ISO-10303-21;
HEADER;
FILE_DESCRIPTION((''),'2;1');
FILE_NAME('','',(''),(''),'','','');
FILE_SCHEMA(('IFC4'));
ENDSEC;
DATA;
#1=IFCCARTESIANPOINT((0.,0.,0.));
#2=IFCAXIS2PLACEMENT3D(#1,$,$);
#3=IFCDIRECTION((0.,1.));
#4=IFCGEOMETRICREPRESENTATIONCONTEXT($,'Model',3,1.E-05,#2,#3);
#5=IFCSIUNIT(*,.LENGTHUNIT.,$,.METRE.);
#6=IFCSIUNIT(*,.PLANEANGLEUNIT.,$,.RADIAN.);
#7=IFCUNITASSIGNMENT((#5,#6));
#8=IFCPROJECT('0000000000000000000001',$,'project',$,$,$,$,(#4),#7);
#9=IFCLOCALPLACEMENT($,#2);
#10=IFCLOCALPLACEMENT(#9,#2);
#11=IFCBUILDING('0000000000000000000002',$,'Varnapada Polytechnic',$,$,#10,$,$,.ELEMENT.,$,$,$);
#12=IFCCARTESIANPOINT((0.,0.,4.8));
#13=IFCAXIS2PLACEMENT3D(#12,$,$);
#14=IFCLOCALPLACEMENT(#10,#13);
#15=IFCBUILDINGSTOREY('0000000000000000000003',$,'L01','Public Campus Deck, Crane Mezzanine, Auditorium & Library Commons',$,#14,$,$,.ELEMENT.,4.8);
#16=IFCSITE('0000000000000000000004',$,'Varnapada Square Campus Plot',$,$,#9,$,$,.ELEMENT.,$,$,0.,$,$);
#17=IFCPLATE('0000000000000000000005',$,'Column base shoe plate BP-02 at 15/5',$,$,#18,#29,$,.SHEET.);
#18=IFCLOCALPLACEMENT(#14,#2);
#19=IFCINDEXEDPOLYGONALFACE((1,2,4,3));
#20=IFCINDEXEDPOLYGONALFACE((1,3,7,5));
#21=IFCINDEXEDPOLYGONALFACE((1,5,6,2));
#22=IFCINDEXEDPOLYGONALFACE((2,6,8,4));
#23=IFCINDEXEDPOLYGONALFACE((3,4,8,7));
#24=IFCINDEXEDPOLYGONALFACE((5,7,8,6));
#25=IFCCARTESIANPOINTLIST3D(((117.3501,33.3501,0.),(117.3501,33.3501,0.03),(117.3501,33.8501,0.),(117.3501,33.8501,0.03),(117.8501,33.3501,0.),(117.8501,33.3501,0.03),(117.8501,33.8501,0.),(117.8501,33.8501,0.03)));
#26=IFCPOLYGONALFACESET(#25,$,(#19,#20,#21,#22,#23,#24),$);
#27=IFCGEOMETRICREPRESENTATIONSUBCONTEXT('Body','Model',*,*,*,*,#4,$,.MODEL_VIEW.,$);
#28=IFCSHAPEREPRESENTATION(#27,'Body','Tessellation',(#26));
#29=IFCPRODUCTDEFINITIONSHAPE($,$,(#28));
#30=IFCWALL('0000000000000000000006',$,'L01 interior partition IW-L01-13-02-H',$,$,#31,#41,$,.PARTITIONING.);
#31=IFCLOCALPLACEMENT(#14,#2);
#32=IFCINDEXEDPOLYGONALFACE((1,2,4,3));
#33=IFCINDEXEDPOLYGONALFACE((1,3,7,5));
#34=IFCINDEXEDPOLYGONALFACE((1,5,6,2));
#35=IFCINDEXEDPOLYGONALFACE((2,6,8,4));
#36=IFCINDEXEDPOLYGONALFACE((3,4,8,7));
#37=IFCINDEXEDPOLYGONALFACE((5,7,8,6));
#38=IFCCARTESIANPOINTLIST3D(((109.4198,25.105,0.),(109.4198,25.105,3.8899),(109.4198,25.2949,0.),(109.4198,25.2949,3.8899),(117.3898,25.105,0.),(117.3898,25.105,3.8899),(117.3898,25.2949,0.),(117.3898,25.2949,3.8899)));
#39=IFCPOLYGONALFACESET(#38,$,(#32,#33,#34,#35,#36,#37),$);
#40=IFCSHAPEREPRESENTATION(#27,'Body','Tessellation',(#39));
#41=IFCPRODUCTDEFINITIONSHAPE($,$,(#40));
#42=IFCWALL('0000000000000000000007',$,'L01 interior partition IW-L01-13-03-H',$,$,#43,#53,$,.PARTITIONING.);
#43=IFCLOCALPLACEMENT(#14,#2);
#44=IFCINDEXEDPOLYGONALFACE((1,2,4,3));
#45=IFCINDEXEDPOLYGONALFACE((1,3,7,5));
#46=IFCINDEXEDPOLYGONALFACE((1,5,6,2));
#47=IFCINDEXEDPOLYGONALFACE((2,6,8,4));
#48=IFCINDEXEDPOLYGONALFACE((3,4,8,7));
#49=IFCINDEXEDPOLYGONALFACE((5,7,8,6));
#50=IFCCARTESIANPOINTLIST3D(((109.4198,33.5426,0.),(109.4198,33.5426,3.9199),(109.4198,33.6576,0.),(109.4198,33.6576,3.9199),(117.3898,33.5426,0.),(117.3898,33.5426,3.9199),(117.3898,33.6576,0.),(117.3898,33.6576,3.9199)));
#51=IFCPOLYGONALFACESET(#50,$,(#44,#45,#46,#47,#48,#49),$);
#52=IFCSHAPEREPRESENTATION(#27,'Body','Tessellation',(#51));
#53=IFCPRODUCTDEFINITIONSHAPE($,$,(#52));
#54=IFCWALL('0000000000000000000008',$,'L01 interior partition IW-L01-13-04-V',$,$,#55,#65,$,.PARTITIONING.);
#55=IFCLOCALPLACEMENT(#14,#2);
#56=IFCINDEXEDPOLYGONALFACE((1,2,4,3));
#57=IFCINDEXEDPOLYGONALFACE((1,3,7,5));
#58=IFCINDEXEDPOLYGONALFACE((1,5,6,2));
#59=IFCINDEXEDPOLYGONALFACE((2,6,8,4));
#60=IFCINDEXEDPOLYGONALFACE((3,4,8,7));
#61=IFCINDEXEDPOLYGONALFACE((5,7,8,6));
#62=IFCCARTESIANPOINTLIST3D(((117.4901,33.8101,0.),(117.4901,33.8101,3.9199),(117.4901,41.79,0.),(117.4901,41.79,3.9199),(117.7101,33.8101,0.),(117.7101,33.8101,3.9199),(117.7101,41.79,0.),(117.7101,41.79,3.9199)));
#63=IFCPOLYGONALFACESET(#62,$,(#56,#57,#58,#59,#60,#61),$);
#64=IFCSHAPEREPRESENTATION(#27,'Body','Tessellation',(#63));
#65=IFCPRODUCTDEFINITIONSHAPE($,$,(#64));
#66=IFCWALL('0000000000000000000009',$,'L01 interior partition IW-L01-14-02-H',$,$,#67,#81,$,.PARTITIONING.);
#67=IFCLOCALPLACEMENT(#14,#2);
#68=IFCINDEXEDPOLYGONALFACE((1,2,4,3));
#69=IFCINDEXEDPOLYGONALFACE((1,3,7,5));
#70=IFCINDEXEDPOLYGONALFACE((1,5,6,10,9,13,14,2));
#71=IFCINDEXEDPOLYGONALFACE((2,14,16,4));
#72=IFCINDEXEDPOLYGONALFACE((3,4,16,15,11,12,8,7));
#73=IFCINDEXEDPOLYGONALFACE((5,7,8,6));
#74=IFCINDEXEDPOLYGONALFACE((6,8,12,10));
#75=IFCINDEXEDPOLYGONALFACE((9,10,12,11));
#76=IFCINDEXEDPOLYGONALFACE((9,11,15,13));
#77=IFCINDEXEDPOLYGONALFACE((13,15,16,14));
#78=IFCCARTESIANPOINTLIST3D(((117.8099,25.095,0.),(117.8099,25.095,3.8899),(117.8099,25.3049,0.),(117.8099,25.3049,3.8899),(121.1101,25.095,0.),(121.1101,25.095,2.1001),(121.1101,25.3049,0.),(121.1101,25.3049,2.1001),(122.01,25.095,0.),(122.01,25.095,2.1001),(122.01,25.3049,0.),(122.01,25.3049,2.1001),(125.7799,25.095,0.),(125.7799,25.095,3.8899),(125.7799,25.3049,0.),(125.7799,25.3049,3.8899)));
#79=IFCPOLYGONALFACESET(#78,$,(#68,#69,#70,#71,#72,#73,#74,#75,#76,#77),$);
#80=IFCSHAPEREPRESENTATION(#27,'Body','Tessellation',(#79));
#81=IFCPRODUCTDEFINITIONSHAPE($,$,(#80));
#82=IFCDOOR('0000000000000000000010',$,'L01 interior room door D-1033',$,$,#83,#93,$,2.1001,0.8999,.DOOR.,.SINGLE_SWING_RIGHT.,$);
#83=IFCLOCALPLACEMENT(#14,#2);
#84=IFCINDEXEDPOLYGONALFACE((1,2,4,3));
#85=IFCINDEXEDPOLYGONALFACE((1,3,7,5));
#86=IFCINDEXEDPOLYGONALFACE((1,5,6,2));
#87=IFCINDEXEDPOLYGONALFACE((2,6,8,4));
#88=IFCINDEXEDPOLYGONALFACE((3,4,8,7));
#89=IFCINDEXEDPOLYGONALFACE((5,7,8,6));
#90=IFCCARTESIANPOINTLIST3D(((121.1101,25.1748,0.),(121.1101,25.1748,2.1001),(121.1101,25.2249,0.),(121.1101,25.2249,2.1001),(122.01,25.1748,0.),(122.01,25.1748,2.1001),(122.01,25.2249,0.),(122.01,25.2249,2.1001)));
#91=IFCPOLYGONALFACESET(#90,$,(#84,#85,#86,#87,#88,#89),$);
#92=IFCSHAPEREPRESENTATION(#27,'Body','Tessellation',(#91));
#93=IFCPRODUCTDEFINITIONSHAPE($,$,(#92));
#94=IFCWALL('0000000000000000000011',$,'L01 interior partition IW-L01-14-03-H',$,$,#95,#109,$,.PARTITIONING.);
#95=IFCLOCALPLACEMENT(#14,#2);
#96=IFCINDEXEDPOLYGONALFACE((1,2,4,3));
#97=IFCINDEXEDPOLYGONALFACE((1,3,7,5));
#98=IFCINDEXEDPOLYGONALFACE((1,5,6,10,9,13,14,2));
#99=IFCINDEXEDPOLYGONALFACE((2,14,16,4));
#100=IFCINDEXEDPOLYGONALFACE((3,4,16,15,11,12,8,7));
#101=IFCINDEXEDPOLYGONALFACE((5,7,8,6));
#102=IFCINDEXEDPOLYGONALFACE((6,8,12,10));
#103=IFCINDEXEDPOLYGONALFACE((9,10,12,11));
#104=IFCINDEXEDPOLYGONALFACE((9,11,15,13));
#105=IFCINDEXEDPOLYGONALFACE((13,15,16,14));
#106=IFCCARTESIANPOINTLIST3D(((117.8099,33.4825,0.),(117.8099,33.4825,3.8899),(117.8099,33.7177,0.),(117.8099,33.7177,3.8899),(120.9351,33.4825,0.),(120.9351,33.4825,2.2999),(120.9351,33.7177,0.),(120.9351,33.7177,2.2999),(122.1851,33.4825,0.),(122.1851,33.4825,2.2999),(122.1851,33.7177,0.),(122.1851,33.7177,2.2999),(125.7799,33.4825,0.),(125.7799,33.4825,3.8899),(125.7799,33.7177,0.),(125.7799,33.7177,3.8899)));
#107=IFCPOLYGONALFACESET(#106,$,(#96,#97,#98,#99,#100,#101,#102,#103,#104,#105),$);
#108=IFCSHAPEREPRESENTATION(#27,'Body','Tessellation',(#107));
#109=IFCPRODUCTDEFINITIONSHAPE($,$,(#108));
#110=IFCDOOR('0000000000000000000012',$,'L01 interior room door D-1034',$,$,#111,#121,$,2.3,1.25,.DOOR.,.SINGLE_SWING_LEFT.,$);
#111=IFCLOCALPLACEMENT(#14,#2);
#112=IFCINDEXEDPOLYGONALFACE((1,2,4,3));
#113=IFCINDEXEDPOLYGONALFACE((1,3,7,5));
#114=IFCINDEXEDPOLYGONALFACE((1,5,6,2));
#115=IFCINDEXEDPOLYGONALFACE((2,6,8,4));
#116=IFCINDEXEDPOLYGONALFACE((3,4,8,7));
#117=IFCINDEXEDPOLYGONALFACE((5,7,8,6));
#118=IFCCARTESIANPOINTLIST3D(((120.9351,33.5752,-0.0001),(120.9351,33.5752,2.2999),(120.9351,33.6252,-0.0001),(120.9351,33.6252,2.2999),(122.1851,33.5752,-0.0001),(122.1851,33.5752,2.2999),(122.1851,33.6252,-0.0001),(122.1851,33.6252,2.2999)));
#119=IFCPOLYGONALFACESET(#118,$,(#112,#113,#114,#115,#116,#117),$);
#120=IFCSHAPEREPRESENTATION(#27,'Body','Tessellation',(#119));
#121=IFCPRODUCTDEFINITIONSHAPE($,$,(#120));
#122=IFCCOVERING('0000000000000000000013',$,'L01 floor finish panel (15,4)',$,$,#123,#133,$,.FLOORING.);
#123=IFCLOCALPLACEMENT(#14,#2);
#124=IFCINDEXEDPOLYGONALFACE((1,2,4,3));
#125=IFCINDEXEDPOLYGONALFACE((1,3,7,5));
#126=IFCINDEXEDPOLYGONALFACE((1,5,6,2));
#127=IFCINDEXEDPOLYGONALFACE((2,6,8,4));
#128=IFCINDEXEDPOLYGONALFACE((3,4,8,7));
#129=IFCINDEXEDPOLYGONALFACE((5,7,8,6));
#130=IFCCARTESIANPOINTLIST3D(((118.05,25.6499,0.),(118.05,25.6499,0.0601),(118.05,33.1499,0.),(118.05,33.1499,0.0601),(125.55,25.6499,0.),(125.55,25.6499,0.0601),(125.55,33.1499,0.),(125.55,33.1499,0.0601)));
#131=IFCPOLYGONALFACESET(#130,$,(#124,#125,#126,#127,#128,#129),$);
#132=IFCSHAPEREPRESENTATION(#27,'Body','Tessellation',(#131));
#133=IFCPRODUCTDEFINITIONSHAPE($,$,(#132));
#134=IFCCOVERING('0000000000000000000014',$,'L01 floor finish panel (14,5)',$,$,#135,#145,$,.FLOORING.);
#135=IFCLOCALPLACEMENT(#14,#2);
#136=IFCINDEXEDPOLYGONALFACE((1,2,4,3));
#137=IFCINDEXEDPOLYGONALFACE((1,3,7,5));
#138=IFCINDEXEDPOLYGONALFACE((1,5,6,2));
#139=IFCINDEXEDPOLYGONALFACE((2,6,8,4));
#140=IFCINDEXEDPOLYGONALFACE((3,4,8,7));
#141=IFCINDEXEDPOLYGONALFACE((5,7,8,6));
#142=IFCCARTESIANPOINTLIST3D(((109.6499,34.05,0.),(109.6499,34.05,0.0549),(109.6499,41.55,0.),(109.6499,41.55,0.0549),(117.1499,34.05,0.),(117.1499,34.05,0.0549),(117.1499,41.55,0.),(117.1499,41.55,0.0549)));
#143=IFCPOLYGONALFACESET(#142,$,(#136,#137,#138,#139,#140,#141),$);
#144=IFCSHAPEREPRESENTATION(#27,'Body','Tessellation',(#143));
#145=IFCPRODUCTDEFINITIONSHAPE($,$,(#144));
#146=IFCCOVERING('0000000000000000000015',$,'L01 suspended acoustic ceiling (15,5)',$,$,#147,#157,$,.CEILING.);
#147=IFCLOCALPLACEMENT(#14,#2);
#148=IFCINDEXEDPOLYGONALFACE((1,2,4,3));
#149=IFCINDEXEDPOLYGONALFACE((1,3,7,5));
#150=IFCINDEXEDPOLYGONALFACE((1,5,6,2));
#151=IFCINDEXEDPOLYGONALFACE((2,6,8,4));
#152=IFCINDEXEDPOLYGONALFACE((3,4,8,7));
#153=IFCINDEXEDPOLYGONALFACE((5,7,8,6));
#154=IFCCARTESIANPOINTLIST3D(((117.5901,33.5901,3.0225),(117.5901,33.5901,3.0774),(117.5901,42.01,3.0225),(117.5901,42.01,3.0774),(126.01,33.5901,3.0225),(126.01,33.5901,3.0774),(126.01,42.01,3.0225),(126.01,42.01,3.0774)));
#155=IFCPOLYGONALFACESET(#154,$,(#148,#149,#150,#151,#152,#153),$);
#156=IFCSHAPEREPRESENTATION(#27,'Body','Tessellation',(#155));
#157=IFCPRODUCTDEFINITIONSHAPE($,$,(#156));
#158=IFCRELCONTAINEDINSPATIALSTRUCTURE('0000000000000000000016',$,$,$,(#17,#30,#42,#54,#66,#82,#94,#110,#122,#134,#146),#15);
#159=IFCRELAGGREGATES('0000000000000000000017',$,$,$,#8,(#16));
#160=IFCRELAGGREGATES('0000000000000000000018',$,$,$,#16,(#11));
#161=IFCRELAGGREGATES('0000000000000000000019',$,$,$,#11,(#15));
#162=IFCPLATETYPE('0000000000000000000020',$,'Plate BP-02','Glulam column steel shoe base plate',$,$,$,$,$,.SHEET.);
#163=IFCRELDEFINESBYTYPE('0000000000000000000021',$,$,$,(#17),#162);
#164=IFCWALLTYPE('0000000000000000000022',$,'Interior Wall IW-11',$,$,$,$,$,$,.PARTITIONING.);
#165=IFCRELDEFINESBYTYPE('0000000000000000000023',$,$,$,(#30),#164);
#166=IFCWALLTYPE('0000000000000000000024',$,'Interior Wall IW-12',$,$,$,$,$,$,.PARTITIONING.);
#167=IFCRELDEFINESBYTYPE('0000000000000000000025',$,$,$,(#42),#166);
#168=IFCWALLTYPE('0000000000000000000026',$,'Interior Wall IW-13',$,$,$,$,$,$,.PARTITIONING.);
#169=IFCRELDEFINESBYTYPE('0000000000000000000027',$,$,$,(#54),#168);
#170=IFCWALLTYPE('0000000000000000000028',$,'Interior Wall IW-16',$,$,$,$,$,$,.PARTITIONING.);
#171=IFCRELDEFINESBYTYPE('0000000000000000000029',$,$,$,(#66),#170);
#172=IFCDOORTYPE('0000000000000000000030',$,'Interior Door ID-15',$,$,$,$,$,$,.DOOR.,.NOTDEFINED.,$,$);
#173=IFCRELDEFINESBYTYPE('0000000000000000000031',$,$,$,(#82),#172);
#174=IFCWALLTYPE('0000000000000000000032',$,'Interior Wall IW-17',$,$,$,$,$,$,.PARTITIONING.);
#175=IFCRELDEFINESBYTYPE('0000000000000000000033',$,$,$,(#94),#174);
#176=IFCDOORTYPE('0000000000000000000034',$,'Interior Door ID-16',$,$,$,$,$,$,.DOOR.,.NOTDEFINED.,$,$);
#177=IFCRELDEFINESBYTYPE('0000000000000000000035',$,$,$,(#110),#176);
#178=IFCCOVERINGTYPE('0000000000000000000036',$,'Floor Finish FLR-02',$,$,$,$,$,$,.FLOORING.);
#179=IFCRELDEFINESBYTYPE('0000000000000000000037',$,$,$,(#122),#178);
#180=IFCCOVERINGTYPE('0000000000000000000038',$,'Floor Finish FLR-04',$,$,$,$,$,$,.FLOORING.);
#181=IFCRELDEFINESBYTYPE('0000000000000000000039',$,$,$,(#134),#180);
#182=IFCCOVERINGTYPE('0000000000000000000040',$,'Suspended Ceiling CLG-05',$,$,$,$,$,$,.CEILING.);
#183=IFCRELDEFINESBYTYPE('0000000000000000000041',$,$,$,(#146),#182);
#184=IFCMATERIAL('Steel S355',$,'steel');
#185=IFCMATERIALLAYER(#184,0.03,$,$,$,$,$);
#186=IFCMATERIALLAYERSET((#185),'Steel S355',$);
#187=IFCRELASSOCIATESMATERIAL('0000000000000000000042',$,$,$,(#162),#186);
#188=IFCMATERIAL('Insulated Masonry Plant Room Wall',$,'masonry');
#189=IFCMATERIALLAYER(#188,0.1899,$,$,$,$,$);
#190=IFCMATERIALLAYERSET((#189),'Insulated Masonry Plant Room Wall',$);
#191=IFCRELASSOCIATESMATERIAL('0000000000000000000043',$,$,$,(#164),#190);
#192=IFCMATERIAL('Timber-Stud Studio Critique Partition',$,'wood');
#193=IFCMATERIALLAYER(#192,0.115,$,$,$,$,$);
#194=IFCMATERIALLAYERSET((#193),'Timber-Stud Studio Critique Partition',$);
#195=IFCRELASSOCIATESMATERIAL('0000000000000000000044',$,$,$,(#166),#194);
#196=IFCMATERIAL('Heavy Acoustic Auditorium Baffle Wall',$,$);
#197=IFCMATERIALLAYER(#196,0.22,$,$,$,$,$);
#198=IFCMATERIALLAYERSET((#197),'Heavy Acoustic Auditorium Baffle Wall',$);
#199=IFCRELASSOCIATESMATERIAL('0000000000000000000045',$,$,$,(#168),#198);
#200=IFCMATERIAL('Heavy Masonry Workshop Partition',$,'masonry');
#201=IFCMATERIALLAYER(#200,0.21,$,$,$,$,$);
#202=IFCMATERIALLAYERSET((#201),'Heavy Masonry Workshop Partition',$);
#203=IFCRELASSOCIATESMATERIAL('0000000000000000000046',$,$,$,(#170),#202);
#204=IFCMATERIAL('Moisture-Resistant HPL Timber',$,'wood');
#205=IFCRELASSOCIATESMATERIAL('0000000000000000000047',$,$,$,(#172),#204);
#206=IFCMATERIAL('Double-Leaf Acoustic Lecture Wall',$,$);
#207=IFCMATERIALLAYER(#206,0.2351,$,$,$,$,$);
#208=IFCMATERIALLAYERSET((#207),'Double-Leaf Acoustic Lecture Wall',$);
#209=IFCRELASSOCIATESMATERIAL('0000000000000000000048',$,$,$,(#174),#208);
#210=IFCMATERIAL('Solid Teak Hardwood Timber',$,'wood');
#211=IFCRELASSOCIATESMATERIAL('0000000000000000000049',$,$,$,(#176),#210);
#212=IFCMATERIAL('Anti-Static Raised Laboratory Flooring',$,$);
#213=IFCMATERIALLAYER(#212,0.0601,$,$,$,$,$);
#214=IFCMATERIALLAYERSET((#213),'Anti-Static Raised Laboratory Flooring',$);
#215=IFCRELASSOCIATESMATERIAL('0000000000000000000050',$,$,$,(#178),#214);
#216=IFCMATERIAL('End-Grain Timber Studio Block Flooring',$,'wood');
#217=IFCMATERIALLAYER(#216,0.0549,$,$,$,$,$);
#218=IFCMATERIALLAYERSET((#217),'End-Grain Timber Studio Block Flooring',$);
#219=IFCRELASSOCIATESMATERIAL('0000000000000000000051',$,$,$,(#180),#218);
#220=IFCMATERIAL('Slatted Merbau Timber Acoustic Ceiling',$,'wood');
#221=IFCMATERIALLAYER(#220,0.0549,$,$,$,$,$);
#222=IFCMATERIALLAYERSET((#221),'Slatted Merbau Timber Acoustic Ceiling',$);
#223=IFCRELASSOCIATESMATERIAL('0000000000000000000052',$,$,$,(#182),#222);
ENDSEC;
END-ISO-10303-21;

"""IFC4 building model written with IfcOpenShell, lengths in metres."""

from ifc_helpers import new_model, si_unit, direction, frame, frame_2d, origin, origin_2d, place, context, subcontext, project, spatial, rectangle, extrude, material, layer, layer_set, type_object, element, fill, save


model = new_model("IFC4")

# Units and contexts
model_context = context("Model", 3, precision=1e-05, world=origin(), true_north=direction((0.0, 1.0)))
body_context = subcontext(model_context, "Body", "Model", "MODEL_VIEW")
ifc_project = project(units=[si_unit("LENGTHUNIT", "METRE"), si_unit("PLANEANGLEUNIT", "RADIAN")], contexts=[model_context])

# Site, building, storey
site_placement = place(None, origin())
site = spatial("IfcSite", under=ifc_project, at=site_placement, Name="Varnapada Square Campus Plot", CompositionType="ELEMENT", RefElevation=0.0)
building_placement = place(site_placement, origin())
building = spatial("IfcBuilding", under=site, at=building_placement, Name="Varnapada Polytechnic", CompositionType="ELEMENT")
storey_placement = place(building_placement, frame((0.0, 0.0, 4.8)))
storey = spatial("IfcBuildingStorey", under=building, at=storey_placement, Name="L01", Description="Public Campus Deck, Crane Mezzanine, Auditorium & Library Commons", CompositionType="ELEMENT", Elevation=4.8)

# Plate
ifc_material_1 = material(Name="Steel S355", Category="steel")
ifc_layer_1 = layer(ifc_material_1, 0.03)
ifc_layer_set_1 = layer_set([ifc_layer_1], Name="Steel S355")
plate_type = type_object("IfcPlateType", Name="Plate BP-02", Description="Glulam column steel shoe base plate", PredefinedType="SHEET", material=ifc_layer_set_1)
for number, where, z_axis, x_axis, name in (
    (1, (117.6001, 33.6001, 0.0), (0.0, 0.0, 1.0), (1.0, 0.0, 0.0), "Column base shoe plate BP-02 at 15/5"),
):
    element("IfcPlate", number, at=place(storey_placement, frame(where, z_axis=z_axis, x_axis=x_axis)), inside=storey, type_object=plate_type, Name=name, PredefinedType="SHEET", context=body_context, shape_type="SweptSolid", body=[
        extrude(rectangle(XDim=0.5, YDim=0.5, at=origin_2d()), origin(), (0.0, 0.0, 1.0), 0.03),
    ])

# Walls
ifc_material_2 = material(Name="Insulated Masonry Plant Room Wall", Category="masonry")
ifc_layer_2 = layer(ifc_material_2, 0.1899)
ifc_layer_set_2 = layer_set([ifc_layer_2], Name="Insulated Masonry Plant Room Wall")
wall_type_1 = type_object("IfcWallType", Name="Interior Wall IW-11", PredefinedType="PARTITIONING", material=ifc_layer_set_2)
wall_1_placement = place(storey_placement, frame((109.4199, 25.2, 0.0), z_axis=(0.0, 0.0, 1.0), x_axis=(1.0, 0.0, 0.0)))
element("IfcWall", 2, at=wall_1_placement, inside=storey, type_object=wall_type_1, Name="L01 interior partition IW-L01-13-02-H", PredefinedType="PARTITIONING", context=body_context, shape_type="SweptSolid", body=[
    extrude(rectangle(XDim=7.97, YDim=0.1899, at=frame_2d((3.9849, 0.0))), origin(), (0.0, 0.0, 1.0), 3.8899),
])
ifc_material_3 = material(Name="Timber-Stud Studio Critique Partition", Category="wood")
ifc_layer_3 = layer(ifc_material_3, 0.115)
ifc_layer_set_3 = layer_set([ifc_layer_3], Name="Timber-Stud Studio Critique Partition")
wall_type_2 = type_object("IfcWallType", Name="Interior Wall IW-12", PredefinedType="PARTITIONING", material=ifc_layer_set_3)
wall_2_placement = place(storey_placement, frame((109.4199, 33.6001, 0.0), z_axis=(0.0, 0.0, 1.0), x_axis=(1.0, 0.0, 0.0)))
element("IfcWall", 3, at=wall_2_placement, inside=storey, type_object=wall_type_2, Name="L01 interior partition IW-L01-13-03-H", PredefinedType="PARTITIONING", context=body_context, shape_type="SweptSolid", body=[
    extrude(rectangle(XDim=7.97, YDim=0.115, at=frame_2d((3.9849, 0.0))), origin(), (0.0, 0.0, 1.0), 3.9199),
])
ifc_material_4 = material(Name="Heavy Acoustic Auditorium Baffle Wall")
ifc_layer_4 = layer(ifc_material_4, 0.22)
ifc_layer_set_4 = layer_set([ifc_layer_4], Name="Heavy Acoustic Auditorium Baffle Wall")
wall_type_3 = type_object("IfcWallType", Name="Interior Wall IW-13", PredefinedType="PARTITIONING", material=ifc_layer_set_4)
wall_3_placement = place(storey_placement, frame((117.6001, 33.8101, 0.0), z_axis=(0.0, 0.0, 1.0), x_axis=(0.0, 1.0, 0.0)))
element("IfcWall", 4, at=wall_3_placement, inside=storey, type_object=wall_type_3, Name="L01 interior partition IW-L01-13-04-V", PredefinedType="PARTITIONING", context=body_context, shape_type="SweptSolid", body=[
    extrude(rectangle(XDim=7.98, YDim=0.22, at=frame_2d((3.99, 0.0))), origin(), (0.0, 0.0, 1.0), 3.9199),
])

# Walls, openings, doors
ifc_material_5 = material(Name="Heavy Masonry Workshop Partition", Category="masonry")
ifc_layer_5 = layer(ifc_material_5, 0.21)
ifc_layer_set_5 = layer_set([ifc_layer_5], Name="Heavy Masonry Workshop Partition")
wall_type_4 = type_object("IfcWallType", Name="Interior Wall IW-16", PredefinedType="PARTITIONING", material=ifc_layer_set_5)
wall_4_placement = place(storey_placement, frame((117.8101, 25.2, 0.0), z_axis=(0.0, 0.0, 1.0), x_axis=(1.0, 0.0, 0.0)))
wall_4 = element("IfcWall", 5, at=wall_4_placement, inside=storey, type_object=wall_type_4, Name="L01 interior partition IW-L01-14-02-H", PredefinedType="PARTITIONING", context=body_context, shape_type="SweptSolid", body=[
    extrude(rectangle(XDim=7.97, YDim=0.21, at=frame_2d((3.9849, 0.0))), origin(), (0.0, 0.0, 1.0), 3.8899),
])
opening_1_placement = place(wall_4_placement, frame((3.3, 0.0, 0.0)))
opening_1 = element("IfcOpeningElement", 6, at=opening_1_placement, cuts=wall_4, PredefinedType="OPENING", context=body_context, shape_type="SweptSolid", body=[
    extrude(rectangle(XDim=0.8999, YDim=2.1001, at=frame_2d((0.45, 1.05))), frame((0.0, 0.115, 0.0), z_axis=(0.0, -1.0, 0.0), x_axis=(1.0, 0.0, 0.0)), (0.0, 0.0, 1.0), 0.23),
])
ifc_material_6 = material(Name="Moisture-Resistant HPL Timber", Category="wood")
door_type_1 = type_object("IfcDoorType", Name="Interior Door ID-15", OperationType="NOTDEFINED", PredefinedType="DOOR", material=ifc_material_6)
door_1_placement = place(opening_1_placement, origin())
door_1 = element("IfcDoor", 7, at=door_1_placement, inside=storey, type_object=door_type_1, Name="L01 interior room door D-1033", OperationType="SINGLE_SWING_RIGHT", OverallHeight=2.1001, OverallWidth=0.8999, PredefinedType="DOOR", context=body_context, shape_type="SweptSolid", body=[
    extrude(rectangle(XDim=0.8999, YDim=2.1001, at=frame_2d((0.45, 1.05))), frame((0.0, 0.0249, 0.0), z_axis=(0.0, -1.0, 0.0), x_axis=(1.0, 0.0, 0.0)), (0.0, 0.0, 1.0), 0.05),
])
fill(opening_1, door_1)
ifc_material_7 = material(Name="Double-Leaf Acoustic Lecture Wall")
ifc_layer_6 = layer(ifc_material_7, 0.2351)
ifc_layer_set_6 = layer_set([ifc_layer_6], Name="Double-Leaf Acoustic Lecture Wall")
wall_type_5 = type_object("IfcWallType", Name="Interior Wall IW-17", PredefinedType="PARTITIONING", material=ifc_layer_set_6)
wall_5_placement = place(storey_placement, frame((117.8101, 33.6001, 0.0), z_axis=(0.0, 0.0, 1.0), x_axis=(1.0, 0.0, 0.0)))
wall_5 = element("IfcWall", 8, at=wall_5_placement, inside=storey, type_object=wall_type_5, Name="L01 interior partition IW-L01-14-03-H", PredefinedType="PARTITIONING", context=body_context, shape_type="SweptSolid", body=[
    extrude(rectangle(XDim=7.97, YDim=0.2351, at=frame_2d((3.9849, 0.0))), origin(), (0.0, 0.0, 1.0), 3.8899),
])
opening_2_placement = place(wall_5_placement, frame((3.125, 0.0, 0.0)))
opening_2 = element("IfcOpeningElement", 9, at=opening_2_placement, cuts=wall_5, PredefinedType="OPENING", context=body_context, shape_type="SweptSolid", body=[
    extrude(rectangle(XDim=1.25, YDim=2.3, at=frame_2d((0.625, 1.1499))), frame((0.0, 0.1274, 0.0), z_axis=(0.0, -1.0, 0.0), x_axis=(1.0, 0.0, 0.0)), (0.0, 0.0, 1.0), 0.2551),
])
ifc_material_8 = material(Name="Solid Teak Hardwood Timber", Category="wood")
door_type_2 = type_object("IfcDoorType", Name="Interior Door ID-16", OperationType="NOTDEFINED", PredefinedType="DOOR", material=ifc_material_8)
door_2_placement = place(opening_2_placement, frame((1.25, 0.0, 0.0), z_axis=(0.0, 0.0, 1.0), x_axis=(-1.0, 0.0, 0.0)))
door_2 = element("IfcDoor", 10, at=door_2_placement, inside=storey, type_object=door_type_2, Name="L01 interior room door D-1034", OperationType="SINGLE_SWING_LEFT", OverallHeight=2.3, OverallWidth=1.25, PredefinedType="DOOR", context=body_context, shape_type="SweptSolid", body=[
    extrude(rectangle(XDim=1.25, YDim=2.3, at=frame_2d((0.625, 1.1499))), frame((0.0, 0.0249, 0.0), z_axis=(0.0, -1.0, 0.0), x_axis=(1.0, 0.0, 0.0)), (0.0, 0.0, 1.0), 0.05),
])
fill(opening_2, door_2)

# Coverings
ifc_material_9 = material(Name="Anti-Static Raised Laboratory Flooring")
ifc_layer_7 = layer(ifc_material_9, 0.0601)
ifc_layer_set_7 = layer_set([ifc_layer_7], Name="Anti-Static Raised Laboratory Flooring")
covering_type_1 = type_object("IfcCoveringType", Name="Floor Finish FLR-02", PredefinedType="FLOORING", material=ifc_layer_set_7)
covering_1_placement = place(storey_placement, frame((121.8, 29.3999, 0.0), z_axis=(0.0, 0.0, 1.0), x_axis=(1.0, 0.0, 0.0)))
element("IfcCovering", 11, at=covering_1_placement, inside=storey, type_object=covering_type_1, Name="L01 floor finish panel (15,4)", PredefinedType="FLOORING", context=body_context, shape_type="SweptSolid", body=[
    extrude(rectangle(XDim=7.5, YDim=7.5, at=origin_2d()), origin(), (0.0, 0.0, 1.0), 0.0601),
])
ifc_material_10 = material(Name="End-Grain Timber Studio Block Flooring", Category="wood")
ifc_layer_8 = layer(ifc_material_10, 0.0549)
ifc_layer_set_8 = layer_set([ifc_layer_8], Name="End-Grain Timber Studio Block Flooring")
covering_type_2 = type_object("IfcCoveringType", Name="Floor Finish FLR-04", PredefinedType="FLOORING", material=ifc_layer_set_8)
covering_2_placement = place(storey_placement, frame((113.3999, 37.8, 0.0), z_axis=(0.0, 0.0, 1.0), x_axis=(1.0, 0.0, 0.0)))
element("IfcCovering", 12, at=covering_2_placement, inside=storey, type_object=covering_type_2, Name="L01 floor finish panel (14,5)", PredefinedType="FLOORING", context=body_context, shape_type="SweptSolid", body=[
    extrude(rectangle(XDim=7.5, YDim=7.5, at=origin_2d()), origin(), (0.0, 0.0, 1.0), 0.0549),
])

# Covering
ifc_material_11 = material(Name="Slatted Merbau Timber Acoustic Ceiling", Category="wood")
ifc_layer_9 = layer(ifc_material_11, 0.0549)
ifc_layer_set_9 = layer_set([ifc_layer_9], Name="Slatted Merbau Timber Acoustic Ceiling")
covering_type_3 = type_object("IfcCoveringType", Name="Suspended Ceiling CLG-05", PredefinedType="CEILING", material=ifc_layer_set_9)
covering_3_placement = place(storey_placement, frame((121.8, 37.8, 3.0225), z_axis=(0.0, 0.0, 1.0), x_axis=(1.0, 0.0, 0.0)))
element("IfcCovering", 13, at=covering_3_placement, inside=storey, type_object=covering_type_3, Name="L01 suspended acoustic ceiling (15,5)", PredefinedType="CEILING", context=body_context, shape_type="SweptSolid", body=[
    extrude(rectangle(XDim=8.4199, YDim=8.4199, at=origin_2d()), origin(), (0.0, 0.0, 1.0), 0.0549),
])

save(model, "model.ifc")
